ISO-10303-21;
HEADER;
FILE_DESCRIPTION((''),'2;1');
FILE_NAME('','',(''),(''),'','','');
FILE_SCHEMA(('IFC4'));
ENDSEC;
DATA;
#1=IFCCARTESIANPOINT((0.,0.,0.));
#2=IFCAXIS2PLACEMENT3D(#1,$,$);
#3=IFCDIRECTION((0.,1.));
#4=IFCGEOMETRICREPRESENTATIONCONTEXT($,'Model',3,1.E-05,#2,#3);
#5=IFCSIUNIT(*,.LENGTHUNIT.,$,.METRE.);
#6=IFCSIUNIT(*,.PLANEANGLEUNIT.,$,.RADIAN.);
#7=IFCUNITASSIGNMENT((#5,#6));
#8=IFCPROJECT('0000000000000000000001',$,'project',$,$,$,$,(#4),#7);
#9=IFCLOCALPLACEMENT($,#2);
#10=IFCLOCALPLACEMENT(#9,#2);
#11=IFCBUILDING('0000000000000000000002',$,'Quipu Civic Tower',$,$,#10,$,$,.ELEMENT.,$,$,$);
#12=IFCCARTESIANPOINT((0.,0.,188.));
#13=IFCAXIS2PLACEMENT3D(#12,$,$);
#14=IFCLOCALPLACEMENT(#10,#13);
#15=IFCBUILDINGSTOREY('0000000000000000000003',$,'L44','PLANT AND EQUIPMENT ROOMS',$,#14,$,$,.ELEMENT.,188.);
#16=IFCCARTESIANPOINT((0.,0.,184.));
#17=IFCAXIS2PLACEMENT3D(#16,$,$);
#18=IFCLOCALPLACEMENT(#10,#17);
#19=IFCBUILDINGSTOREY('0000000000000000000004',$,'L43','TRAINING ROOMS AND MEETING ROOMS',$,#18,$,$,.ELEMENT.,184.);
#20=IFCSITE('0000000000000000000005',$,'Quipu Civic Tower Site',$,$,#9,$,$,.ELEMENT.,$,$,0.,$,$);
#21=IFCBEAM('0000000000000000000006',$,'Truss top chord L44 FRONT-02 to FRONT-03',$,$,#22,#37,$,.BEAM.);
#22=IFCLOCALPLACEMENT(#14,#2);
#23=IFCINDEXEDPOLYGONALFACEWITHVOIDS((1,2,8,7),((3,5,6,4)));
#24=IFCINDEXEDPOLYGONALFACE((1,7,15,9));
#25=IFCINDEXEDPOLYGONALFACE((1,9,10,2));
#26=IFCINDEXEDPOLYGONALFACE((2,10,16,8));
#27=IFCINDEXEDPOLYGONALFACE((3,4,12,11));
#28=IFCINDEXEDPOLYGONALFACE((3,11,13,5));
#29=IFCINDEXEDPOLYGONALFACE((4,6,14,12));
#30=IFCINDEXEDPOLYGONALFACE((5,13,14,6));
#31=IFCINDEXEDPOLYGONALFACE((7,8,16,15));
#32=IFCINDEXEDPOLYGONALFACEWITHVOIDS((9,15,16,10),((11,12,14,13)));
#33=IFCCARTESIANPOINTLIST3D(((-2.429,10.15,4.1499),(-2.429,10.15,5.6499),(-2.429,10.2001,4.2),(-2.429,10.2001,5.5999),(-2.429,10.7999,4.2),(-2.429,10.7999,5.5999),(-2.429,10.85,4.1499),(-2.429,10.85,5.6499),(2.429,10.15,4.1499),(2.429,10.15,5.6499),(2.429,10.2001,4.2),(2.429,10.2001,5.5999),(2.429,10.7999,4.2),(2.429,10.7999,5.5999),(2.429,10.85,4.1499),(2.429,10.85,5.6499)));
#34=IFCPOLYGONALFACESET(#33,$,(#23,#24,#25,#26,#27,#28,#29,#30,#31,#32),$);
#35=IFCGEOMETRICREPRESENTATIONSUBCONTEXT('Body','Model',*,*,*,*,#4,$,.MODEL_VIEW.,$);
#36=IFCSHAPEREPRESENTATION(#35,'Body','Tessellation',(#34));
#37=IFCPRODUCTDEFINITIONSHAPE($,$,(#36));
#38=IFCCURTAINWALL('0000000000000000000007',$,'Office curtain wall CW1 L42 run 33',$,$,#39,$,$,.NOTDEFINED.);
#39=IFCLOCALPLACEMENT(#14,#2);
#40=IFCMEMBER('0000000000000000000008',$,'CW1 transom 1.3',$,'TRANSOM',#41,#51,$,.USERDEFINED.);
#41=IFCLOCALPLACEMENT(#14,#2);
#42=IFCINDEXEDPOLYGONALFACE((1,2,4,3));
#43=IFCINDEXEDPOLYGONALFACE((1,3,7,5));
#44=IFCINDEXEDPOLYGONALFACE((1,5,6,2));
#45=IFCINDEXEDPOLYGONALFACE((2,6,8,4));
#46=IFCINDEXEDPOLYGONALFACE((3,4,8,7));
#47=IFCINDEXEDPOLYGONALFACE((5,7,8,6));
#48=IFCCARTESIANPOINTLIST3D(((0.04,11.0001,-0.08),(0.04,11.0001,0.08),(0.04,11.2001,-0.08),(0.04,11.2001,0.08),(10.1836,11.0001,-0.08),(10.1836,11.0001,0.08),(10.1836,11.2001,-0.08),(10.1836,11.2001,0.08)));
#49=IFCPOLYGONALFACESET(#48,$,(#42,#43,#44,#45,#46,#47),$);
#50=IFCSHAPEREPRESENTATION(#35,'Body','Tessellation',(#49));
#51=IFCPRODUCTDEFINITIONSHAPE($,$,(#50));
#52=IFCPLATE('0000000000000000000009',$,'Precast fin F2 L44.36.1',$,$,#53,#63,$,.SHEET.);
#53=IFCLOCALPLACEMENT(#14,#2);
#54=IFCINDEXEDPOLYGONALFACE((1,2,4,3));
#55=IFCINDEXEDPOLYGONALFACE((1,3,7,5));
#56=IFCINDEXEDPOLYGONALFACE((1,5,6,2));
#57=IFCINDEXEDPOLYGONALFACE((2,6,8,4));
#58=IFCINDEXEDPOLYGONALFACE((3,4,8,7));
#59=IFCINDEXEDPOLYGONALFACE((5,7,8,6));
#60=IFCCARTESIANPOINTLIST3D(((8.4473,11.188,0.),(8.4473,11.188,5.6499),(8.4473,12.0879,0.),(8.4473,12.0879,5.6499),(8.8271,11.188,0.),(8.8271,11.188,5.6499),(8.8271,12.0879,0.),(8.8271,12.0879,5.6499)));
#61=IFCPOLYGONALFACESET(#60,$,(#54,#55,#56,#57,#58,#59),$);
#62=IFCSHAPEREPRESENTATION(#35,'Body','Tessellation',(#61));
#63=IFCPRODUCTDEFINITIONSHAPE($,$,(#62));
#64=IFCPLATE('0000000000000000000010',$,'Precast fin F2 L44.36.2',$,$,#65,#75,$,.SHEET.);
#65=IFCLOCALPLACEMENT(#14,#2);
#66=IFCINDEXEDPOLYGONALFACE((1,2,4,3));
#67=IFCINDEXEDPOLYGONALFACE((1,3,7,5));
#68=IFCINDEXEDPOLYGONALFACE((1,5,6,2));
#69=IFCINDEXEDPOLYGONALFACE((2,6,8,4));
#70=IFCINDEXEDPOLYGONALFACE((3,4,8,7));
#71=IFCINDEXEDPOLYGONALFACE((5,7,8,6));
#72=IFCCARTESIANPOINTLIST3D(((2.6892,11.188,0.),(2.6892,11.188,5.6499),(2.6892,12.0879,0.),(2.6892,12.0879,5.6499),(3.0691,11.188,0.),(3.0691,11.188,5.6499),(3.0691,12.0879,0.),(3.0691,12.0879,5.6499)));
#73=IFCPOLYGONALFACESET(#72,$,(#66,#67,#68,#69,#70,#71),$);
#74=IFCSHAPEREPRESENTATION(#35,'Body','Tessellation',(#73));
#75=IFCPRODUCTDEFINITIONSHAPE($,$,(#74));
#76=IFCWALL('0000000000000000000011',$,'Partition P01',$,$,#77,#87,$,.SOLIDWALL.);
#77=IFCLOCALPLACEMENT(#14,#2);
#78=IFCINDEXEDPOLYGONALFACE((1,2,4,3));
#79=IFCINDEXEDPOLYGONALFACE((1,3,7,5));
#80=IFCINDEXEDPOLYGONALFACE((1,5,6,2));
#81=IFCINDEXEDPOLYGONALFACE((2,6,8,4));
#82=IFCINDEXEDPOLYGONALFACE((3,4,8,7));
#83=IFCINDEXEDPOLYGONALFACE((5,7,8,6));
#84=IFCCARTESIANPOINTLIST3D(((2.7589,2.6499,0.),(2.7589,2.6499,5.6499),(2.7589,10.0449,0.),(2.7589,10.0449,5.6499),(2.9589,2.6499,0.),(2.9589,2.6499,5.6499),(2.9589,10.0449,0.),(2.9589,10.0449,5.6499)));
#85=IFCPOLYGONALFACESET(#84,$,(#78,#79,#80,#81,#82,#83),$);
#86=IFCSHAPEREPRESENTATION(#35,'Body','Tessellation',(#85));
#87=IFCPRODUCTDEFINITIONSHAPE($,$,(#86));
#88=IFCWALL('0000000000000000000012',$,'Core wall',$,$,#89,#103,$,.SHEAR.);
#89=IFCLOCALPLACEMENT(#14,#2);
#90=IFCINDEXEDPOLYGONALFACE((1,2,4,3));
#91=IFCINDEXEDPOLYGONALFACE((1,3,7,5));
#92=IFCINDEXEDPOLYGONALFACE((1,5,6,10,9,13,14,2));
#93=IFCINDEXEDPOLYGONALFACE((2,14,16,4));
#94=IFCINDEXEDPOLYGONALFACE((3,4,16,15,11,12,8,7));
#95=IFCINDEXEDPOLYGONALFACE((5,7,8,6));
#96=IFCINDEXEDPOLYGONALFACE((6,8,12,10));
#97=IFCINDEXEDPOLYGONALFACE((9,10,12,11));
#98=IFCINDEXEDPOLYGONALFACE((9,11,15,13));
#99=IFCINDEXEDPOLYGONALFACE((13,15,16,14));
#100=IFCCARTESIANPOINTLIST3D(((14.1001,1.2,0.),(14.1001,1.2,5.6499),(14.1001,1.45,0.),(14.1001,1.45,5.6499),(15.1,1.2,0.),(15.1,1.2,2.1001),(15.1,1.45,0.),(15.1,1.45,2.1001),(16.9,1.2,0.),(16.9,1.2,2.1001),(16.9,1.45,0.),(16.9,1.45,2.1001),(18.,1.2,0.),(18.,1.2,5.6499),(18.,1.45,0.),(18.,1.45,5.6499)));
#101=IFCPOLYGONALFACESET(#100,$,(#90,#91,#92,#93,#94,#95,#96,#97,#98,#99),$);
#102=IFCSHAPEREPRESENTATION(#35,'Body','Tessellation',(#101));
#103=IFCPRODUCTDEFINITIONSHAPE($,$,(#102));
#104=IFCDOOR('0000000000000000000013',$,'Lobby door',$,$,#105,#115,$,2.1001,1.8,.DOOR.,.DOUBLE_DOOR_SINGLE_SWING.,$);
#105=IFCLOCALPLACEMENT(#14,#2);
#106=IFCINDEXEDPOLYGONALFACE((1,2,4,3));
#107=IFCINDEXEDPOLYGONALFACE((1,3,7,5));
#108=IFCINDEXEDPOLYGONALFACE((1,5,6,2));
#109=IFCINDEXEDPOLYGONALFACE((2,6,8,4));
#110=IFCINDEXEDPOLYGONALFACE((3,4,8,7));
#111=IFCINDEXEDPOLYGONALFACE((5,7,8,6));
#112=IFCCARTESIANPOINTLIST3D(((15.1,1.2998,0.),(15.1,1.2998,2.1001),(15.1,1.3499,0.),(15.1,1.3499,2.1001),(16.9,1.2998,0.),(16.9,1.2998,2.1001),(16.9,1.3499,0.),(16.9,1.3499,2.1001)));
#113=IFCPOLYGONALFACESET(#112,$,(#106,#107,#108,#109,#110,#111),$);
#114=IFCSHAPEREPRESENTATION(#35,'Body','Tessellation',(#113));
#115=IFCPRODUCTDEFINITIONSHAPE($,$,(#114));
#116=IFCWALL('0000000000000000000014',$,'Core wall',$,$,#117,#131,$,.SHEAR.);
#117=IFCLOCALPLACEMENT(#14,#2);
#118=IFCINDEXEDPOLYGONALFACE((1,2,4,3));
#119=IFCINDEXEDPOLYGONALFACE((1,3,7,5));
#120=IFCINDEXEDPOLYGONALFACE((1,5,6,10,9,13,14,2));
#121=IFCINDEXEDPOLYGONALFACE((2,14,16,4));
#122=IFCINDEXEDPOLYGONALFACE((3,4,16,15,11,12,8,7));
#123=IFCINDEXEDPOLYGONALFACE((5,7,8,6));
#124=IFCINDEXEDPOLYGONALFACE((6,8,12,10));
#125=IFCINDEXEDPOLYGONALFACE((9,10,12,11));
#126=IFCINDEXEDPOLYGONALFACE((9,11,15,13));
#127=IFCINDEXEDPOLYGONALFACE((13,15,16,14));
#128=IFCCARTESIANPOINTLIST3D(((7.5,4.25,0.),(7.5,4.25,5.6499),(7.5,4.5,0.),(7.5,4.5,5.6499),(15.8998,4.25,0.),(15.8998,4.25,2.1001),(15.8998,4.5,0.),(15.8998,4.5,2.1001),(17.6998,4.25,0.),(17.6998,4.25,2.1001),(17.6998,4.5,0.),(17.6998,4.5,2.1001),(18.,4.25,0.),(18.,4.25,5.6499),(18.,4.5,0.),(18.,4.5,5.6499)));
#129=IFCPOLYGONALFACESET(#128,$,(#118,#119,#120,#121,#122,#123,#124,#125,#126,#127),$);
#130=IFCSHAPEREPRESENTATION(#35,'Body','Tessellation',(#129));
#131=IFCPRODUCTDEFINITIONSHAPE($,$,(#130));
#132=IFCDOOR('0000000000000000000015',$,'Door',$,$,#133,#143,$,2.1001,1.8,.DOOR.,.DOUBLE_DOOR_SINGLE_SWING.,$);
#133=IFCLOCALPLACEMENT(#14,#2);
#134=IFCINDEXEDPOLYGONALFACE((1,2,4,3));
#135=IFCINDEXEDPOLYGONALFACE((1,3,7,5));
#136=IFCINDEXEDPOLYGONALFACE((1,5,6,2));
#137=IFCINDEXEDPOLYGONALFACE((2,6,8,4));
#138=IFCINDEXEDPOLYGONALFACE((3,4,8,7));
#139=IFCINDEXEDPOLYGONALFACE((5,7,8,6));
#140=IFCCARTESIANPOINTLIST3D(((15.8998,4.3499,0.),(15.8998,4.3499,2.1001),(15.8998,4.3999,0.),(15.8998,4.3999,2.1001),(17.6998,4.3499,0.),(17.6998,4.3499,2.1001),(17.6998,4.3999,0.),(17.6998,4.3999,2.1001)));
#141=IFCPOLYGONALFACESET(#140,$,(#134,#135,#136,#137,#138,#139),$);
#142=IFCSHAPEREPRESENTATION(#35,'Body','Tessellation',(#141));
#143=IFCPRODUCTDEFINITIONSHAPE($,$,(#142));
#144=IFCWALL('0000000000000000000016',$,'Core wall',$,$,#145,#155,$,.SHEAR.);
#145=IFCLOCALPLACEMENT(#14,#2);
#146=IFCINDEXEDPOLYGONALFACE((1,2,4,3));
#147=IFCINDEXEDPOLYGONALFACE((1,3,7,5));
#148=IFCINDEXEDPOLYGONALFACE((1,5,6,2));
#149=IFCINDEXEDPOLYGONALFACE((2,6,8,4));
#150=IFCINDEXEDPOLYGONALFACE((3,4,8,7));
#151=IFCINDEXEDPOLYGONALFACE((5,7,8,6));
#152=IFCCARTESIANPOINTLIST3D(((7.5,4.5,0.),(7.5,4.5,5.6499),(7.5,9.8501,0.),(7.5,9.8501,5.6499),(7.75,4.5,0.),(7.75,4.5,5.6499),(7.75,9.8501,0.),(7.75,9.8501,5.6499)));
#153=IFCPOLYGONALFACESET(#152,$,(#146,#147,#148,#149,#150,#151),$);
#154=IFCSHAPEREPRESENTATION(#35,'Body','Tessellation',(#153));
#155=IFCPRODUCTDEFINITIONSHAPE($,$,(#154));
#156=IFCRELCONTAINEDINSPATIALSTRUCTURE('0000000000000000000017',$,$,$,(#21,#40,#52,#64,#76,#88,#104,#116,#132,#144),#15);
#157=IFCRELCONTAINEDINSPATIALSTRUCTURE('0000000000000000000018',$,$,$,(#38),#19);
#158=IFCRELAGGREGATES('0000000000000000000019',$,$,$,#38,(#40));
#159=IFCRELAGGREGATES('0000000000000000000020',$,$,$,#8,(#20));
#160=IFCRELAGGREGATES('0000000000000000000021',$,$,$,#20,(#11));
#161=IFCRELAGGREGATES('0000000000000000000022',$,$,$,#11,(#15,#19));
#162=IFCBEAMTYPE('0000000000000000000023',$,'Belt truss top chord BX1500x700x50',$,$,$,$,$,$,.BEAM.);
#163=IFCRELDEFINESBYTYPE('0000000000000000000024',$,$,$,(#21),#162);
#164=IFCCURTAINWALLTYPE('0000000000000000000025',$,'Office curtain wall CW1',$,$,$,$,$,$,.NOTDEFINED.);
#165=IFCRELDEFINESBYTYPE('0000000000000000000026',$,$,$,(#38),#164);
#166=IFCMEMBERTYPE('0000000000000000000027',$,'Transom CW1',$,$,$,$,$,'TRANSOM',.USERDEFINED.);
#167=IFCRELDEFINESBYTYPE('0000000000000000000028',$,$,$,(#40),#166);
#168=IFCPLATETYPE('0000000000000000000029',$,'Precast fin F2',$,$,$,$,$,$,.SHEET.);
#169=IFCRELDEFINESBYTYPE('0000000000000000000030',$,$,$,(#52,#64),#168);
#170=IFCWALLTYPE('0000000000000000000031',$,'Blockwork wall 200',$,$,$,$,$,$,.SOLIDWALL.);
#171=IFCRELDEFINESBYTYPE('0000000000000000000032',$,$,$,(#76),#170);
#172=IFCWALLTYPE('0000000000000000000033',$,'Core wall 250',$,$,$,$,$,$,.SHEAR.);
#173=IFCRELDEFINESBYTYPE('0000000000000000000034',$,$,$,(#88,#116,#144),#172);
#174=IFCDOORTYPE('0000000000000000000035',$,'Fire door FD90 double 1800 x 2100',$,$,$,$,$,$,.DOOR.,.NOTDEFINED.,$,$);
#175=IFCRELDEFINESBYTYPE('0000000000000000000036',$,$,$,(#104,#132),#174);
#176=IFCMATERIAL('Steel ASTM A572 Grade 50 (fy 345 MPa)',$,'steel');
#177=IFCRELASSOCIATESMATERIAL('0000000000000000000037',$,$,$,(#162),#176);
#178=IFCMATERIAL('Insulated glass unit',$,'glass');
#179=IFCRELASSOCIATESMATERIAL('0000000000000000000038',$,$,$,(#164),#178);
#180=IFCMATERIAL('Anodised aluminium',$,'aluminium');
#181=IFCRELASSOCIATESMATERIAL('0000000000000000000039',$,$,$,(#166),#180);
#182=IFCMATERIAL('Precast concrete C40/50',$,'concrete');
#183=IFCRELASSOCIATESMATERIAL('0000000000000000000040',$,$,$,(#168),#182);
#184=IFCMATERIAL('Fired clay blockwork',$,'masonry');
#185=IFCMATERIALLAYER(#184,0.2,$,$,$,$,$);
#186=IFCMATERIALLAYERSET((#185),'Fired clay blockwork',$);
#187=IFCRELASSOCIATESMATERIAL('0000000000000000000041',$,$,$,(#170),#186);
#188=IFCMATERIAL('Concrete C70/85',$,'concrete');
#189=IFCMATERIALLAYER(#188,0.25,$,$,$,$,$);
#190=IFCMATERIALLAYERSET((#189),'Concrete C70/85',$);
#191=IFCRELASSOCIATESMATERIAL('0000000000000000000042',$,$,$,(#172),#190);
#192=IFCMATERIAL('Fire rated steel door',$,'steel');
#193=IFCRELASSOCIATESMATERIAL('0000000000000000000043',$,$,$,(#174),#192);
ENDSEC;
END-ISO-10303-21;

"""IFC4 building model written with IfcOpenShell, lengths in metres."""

from ifc_helpers import new_model, si_unit, direction, frame, frame_2d, origin, origin_2d, place, context, subcontext, project, spatial, rectangle, hollow_rectangle, extrude, material, layer, layer_set, material_profile, profile_set, type_object, element, fill, aggregate, save


model = new_model("IFC4")

# Units and contexts
model_context = context("Model", 3, precision=1e-05, world=origin(), true_north=direction((0.0, 1.0)))
body_context = subcontext(model_context, "Body", "Model", "MODEL_VIEW")
ifc_project = project(units=[si_unit("LENGTHUNIT", "METRE"), si_unit("PLANEANGLEUNIT", "RADIAN")], contexts=[model_context])

# Site, building, storey
site_placement = place(None, origin())
site = spatial("IfcSite", under=ifc_project, at=site_placement, Name="Quipu Civic Tower Site", CompositionType="ELEMENT", RefElevation=0.0)
building_placement = place(site_placement, origin())
building = spatial("IfcBuilding", under=site, at=building_placement, Name="Quipu Civic Tower", CompositionType="ELEMENT")
storey_1_placement = place(building_placement, frame((0.0, 0.0, 188.0)))
storey_1 = spatial("IfcBuildingStorey", under=building, at=storey_1_placement, Name="L44", Description="PLANT AND EQUIPMENT ROOMS", CompositionType="ELEMENT", Elevation=188.0)

# Beam
ifc_material_1 = material(Name="Steel ASTM A572 Grade 50 (fy 345 MPa)", Category="steel")
ifc_material_profile_1 = material_profile(ifc_material_1, hollow_rectangle(XDim=0.7, YDim=1.5, WallThickness=0.05, at=origin_2d()), Name="BX1500x700x50")
ifc_profile_set_1 = profile_set([ifc_material_profile_1], Name="Steel ASTM A572 Grade 50 (fy 345 MPa)")
beam_type_1 = type_object("IfcBeamType", Name="Belt truss top chord BX1500x700x50", PredefinedType="BEAM", material=ifc_profile_set_1)
for number, where, z_axis, x_axis, name in (
    (1, (2.429, 10.5, 4.8999), (-1.0, 0.0, 0.0), (0.0, -1.0, 0.0), "Truss top chord L44 FRONT-02 to FRONT-03"),
):
    element("IfcBeam", number, at=place(storey_1_placement, frame(where, z_axis=z_axis, x_axis=x_axis)), inside=storey_1, type_object=beam_type_1, Name=name, PredefinedType="BEAM", context=body_context, shape_type="SweptSolid", body=[
        extrude(hollow_rectangle(XDim=0.7, YDim=1.5, WallThickness=0.05, at=origin_2d()), origin(), (0.0, 0.0, 1.0), 4.8579),
    ])

# Shared definitions
storey_2_placement = place(building_placement, frame((0.0, 0.0, 184.0)))
storey_2 = spatial("IfcBuildingStorey", under=building, at=storey_2_placement, Name="L43", Description="TRAINING ROOMS AND MEETING ROOMS", CompositionType="ELEMENT", Elevation=184.0)

# Curtain wall, member
ifc_material_2 = material(Name="Insulated glass unit", Category="glass")
curtain_wall_type = type_object("IfcCurtainWallType", Name="Office curtain wall CW1", PredefinedType="NOTDEFINED", material=ifc_material_2)
curtain_wall_placement = place(storey_2_placement, origin())
curtain_wall = element("IfcCurtainWall", 2, at=curtain_wall_placement, inside=storey_2, type_object=curtain_wall_type, Name="Office curtain wall CW1 L42 run 33", PredefinedType="NOTDEFINED")
ifc_material_3 = material(Name="Anodised aluminium", Category="aluminium")
ifc_material_profile_2 = material_profile(ifc_material_3, rectangle(XDim=0.2, YDim=0.1599, at=origin_2d()), Name="RECT 200x160")
ifc_profile_set_2 = profile_set([ifc_material_profile_2], Name="Anodised aluminium")
member_type_1 = type_object("IfcMemberType", Name="Transom CW1", ElementType="TRANSOM", PredefinedType="USERDEFINED", material=ifc_profile_set_2)
member_1_placement = place(storey_1_placement, frame((10.1836, 11.1001, 0.0), z_axis=(-1.0, 0.0, 0.0), x_axis=(0.0, -1.0, 0.0)))
member_1 = element("IfcMember", 3, at=member_1_placement, inside=storey_1, type_object=member_type_1, Name="CW1 transom 1.3", ObjectType="TRANSOM", PredefinedType="USERDEFINED", context=body_context, shape_type="SweptSolid", body=[
    extrude(rectangle(XDim=0.2, YDim=0.1599, at=origin_2d()), origin(), (0.0, 0.0, 1.0), 10.1436),
])
aggregate(curtain_wall, [member_1])

# Plates
ifc_material_4 = material(Name="Precast concrete C40/50", Category="concrete")
plate_type = type_object("IfcPlateType", Name="Precast fin F2", PredefinedType="SHEET", material=ifc_material_4)
for number, where, z_axis, x_axis, name in (
    (4, (8.6372, 11.6379, 0.0), (0.0, 0.0, 1.0), (-1.0, 0.0, 0.0), "Precast fin F2 L44.36.1"),
    (5, (2.8792, 11.6379, 0.0), (0.0, 0.0, 1.0), (-1.0, 0.0, 0.0), "Precast fin F2 L44.36.2"),
):
    element("IfcPlate", number, at=place(storey_1_placement, frame(where, z_axis=z_axis, x_axis=x_axis)), inside=storey_1, type_object=plate_type, Name=name, PredefinedType="SHEET", context=body_context, shape_type="SweptSolid", body=[
        extrude(rectangle(XDim=0.3799, YDim=0.8999, at=origin_2d()), origin(), (0.0, 0.0, 1.0), 5.6499),
    ])

# Wall
ifc_material_5 = material(Name="Fired clay blockwork", Category="masonry")
ifc_layer_1 = layer(ifc_material_5, 0.2)
ifc_layer_set_1 = layer_set([ifc_layer_1], Name="Fired clay blockwork")
wall_type_1 = type_object("IfcWallType", Name="Blockwork wall 200", PredefinedType="SOLIDWALL", material=ifc_layer_set_1)
wall_1_placement = place(storey_1_placement, frame((2.8589, 2.6499, 0.0), z_axis=(0.0, 0.0, 1.0), x_axis=(0.0, 1.0, 0.0)))
element("IfcWall", 6, at=wall_1_placement, inside=storey_1, type_object=wall_type_1, Name="Partition P01", PredefinedType="SOLIDWALL", context=body_context, shape_type="SweptSolid", body=[
    extrude(rectangle(XDim=7.395, YDim=0.2, at=frame_2d((3.6975, 0.0))), origin(), (0.0, 0.0, 1.0), 5.6499),
])

# Walls, openings, doors
ifc_material_6 = material(Name="Concrete C70/85", Category="concrete")
ifc_layer_2 = layer(ifc_material_6, 0.25)
ifc_layer_set_2 = layer_set([ifc_layer_2], Name="Concrete C70/85")
wall_type_2 = type_object("IfcWallType", Name="Core wall 250", PredefinedType="SHEAR", material=ifc_layer_set_2)
wall_2_placement = place(storey_1_placement, frame((14.1001, 1.325, 0.0), z_axis=(0.0, 0.0, 1.0), x_axis=(1.0, 0.0, 0.0)))
wall_2 = element("IfcWall", 7, at=wall_2_placement, inside=storey_1, type_object=wall_type_2, Name="Core wall", PredefinedType="SHEAR", context=body_context, shape_type="SweptSolid", body=[
    extrude(rectangle(XDim=3.8999, YDim=0.25, at=frame_2d((1.95, 0.0))), origin(), (0.0, 0.0, 1.0), 5.6499),
])
opening_1_placement = place(wall_2_placement, frame((1.0, 0.0, 0.0)))
opening_1 = element("IfcOpeningElement", 8, at=opening_1_placement, cuts=wall_2, PredefinedType="OPENING", context=body_context, shape_type="SweptSolid", body=[
    extrude(rectangle(XDim=1.8, YDim=2.1001, at=frame_2d((0.8999, 1.05))), frame((0.0, 0.135, 0.0), z_axis=(0.0, -1.0, 0.0), x_axis=(1.0, 0.0, 0.0)), (0.0, 0.0, 1.0), 0.27),
])
ifc_material_7 = material(Name="Fire rated steel door", Category="steel")
door_type_1 = type_object("IfcDoorType", Name="Fire door FD90 double 1800 x 2100", OperationType="NOTDEFINED", PredefinedType="DOOR", material=ifc_material_7)
door_1_placement = place(opening_1_placement, origin())
door_1 = element("IfcDoor", 9, at=door_1_placement, inside=storey_1, type_object=door_type_1, Name="Lobby door", OperationType="DOUBLE_DOOR_SINGLE_SWING", OverallHeight=2.1001, OverallWidth=1.8, PredefinedType="DOOR", context=body_context, shape_type="SweptSolid", body=[
    extrude(rectangle(XDim=1.8, YDim=2.1001, at=frame_2d((0.8999, 1.05))), frame((0.0, 0.0249, 0.0), z_axis=(0.0, -1.0, 0.0), x_axis=(1.0, 0.0, 0.0)), (0.0, 0.0, 1.0), 0.05),
])
fill(opening_1, door_1)
wall_3_placement = place(storey_1_placement, frame((7.5, 4.375, 0.0), z_axis=(0.0, 0.0, 1.0), x_axis=(1.0, 0.0, 0.0)))
wall_3 = element("IfcWall", 10, at=wall_3_placement, inside=storey_1, type_object=wall_type_2, Name="Core wall", PredefinedType="SHEAR", context=body_context, shape_type="SweptSolid", body=[
    extrude(rectangle(XDim=10.5, YDim=0.25, at=frame_2d((5.25, 0.0))), origin(), (0.0, 0.0, 1.0), 5.6499),
])
opening_2_placement = place(wall_3_placement, frame((8.3999, 0.0, 0.0)))
opening_2 = element("IfcOpeningElement", 11, at=opening_2_placement, cuts=wall_3, PredefinedType="OPENING", context=body_context, shape_type="SweptSolid", body=[
    extrude(rectangle(XDim=1.8, YDim=2.1001, at=frame_2d((0.8999, 1.05))), frame((0.0, 0.135, 0.0), z_axis=(0.0, -1.0, 0.0), x_axis=(1.0, 0.0, 0.0)), (0.0, 0.0, 1.0), 0.27),
])
door_2_placement = place(opening_2_placement, origin())
door_2 = element("IfcDoor", 12, at=door_2_placement, inside=storey_1, type_object=door_type_1, Name="Door", OperationType="DOUBLE_DOOR_SINGLE_SWING", OverallHeight=2.1001, OverallWidth=1.8, PredefinedType="DOOR", context=body_context, shape_type="SweptSolid", body=[
    extrude(rectangle(XDim=1.8, YDim=2.1001, at=frame_2d((0.8999, 1.05))), frame((0.0, 0.0249, 0.0), z_axis=(0.0, -1.0, 0.0), x_axis=(1.0, 0.0, 0.0)), (0.0, 0.0, 1.0), 0.05),
])
fill(opening_2, door_2)

# Wall
wall_4_placement = place(storey_1_placement, frame((7.625, 4.5, 0.0), z_axis=(0.0, 0.0, 1.0), x_axis=(0.0, 1.0, 0.0)))
element("IfcWall", 13, at=wall_4_placement, inside=storey_1, type_object=wall_type_2, Name="Core wall", PredefinedType="SHEAR", context=body_context, shape_type="SweptSolid", body=[
    extrude(rectangle(XDim=5.3501, YDim=0.25, at=frame_2d((2.675, 0.0))), origin(), (0.0, 0.0, 1.0), 5.6499),
])

save(model, "model.ifc")
